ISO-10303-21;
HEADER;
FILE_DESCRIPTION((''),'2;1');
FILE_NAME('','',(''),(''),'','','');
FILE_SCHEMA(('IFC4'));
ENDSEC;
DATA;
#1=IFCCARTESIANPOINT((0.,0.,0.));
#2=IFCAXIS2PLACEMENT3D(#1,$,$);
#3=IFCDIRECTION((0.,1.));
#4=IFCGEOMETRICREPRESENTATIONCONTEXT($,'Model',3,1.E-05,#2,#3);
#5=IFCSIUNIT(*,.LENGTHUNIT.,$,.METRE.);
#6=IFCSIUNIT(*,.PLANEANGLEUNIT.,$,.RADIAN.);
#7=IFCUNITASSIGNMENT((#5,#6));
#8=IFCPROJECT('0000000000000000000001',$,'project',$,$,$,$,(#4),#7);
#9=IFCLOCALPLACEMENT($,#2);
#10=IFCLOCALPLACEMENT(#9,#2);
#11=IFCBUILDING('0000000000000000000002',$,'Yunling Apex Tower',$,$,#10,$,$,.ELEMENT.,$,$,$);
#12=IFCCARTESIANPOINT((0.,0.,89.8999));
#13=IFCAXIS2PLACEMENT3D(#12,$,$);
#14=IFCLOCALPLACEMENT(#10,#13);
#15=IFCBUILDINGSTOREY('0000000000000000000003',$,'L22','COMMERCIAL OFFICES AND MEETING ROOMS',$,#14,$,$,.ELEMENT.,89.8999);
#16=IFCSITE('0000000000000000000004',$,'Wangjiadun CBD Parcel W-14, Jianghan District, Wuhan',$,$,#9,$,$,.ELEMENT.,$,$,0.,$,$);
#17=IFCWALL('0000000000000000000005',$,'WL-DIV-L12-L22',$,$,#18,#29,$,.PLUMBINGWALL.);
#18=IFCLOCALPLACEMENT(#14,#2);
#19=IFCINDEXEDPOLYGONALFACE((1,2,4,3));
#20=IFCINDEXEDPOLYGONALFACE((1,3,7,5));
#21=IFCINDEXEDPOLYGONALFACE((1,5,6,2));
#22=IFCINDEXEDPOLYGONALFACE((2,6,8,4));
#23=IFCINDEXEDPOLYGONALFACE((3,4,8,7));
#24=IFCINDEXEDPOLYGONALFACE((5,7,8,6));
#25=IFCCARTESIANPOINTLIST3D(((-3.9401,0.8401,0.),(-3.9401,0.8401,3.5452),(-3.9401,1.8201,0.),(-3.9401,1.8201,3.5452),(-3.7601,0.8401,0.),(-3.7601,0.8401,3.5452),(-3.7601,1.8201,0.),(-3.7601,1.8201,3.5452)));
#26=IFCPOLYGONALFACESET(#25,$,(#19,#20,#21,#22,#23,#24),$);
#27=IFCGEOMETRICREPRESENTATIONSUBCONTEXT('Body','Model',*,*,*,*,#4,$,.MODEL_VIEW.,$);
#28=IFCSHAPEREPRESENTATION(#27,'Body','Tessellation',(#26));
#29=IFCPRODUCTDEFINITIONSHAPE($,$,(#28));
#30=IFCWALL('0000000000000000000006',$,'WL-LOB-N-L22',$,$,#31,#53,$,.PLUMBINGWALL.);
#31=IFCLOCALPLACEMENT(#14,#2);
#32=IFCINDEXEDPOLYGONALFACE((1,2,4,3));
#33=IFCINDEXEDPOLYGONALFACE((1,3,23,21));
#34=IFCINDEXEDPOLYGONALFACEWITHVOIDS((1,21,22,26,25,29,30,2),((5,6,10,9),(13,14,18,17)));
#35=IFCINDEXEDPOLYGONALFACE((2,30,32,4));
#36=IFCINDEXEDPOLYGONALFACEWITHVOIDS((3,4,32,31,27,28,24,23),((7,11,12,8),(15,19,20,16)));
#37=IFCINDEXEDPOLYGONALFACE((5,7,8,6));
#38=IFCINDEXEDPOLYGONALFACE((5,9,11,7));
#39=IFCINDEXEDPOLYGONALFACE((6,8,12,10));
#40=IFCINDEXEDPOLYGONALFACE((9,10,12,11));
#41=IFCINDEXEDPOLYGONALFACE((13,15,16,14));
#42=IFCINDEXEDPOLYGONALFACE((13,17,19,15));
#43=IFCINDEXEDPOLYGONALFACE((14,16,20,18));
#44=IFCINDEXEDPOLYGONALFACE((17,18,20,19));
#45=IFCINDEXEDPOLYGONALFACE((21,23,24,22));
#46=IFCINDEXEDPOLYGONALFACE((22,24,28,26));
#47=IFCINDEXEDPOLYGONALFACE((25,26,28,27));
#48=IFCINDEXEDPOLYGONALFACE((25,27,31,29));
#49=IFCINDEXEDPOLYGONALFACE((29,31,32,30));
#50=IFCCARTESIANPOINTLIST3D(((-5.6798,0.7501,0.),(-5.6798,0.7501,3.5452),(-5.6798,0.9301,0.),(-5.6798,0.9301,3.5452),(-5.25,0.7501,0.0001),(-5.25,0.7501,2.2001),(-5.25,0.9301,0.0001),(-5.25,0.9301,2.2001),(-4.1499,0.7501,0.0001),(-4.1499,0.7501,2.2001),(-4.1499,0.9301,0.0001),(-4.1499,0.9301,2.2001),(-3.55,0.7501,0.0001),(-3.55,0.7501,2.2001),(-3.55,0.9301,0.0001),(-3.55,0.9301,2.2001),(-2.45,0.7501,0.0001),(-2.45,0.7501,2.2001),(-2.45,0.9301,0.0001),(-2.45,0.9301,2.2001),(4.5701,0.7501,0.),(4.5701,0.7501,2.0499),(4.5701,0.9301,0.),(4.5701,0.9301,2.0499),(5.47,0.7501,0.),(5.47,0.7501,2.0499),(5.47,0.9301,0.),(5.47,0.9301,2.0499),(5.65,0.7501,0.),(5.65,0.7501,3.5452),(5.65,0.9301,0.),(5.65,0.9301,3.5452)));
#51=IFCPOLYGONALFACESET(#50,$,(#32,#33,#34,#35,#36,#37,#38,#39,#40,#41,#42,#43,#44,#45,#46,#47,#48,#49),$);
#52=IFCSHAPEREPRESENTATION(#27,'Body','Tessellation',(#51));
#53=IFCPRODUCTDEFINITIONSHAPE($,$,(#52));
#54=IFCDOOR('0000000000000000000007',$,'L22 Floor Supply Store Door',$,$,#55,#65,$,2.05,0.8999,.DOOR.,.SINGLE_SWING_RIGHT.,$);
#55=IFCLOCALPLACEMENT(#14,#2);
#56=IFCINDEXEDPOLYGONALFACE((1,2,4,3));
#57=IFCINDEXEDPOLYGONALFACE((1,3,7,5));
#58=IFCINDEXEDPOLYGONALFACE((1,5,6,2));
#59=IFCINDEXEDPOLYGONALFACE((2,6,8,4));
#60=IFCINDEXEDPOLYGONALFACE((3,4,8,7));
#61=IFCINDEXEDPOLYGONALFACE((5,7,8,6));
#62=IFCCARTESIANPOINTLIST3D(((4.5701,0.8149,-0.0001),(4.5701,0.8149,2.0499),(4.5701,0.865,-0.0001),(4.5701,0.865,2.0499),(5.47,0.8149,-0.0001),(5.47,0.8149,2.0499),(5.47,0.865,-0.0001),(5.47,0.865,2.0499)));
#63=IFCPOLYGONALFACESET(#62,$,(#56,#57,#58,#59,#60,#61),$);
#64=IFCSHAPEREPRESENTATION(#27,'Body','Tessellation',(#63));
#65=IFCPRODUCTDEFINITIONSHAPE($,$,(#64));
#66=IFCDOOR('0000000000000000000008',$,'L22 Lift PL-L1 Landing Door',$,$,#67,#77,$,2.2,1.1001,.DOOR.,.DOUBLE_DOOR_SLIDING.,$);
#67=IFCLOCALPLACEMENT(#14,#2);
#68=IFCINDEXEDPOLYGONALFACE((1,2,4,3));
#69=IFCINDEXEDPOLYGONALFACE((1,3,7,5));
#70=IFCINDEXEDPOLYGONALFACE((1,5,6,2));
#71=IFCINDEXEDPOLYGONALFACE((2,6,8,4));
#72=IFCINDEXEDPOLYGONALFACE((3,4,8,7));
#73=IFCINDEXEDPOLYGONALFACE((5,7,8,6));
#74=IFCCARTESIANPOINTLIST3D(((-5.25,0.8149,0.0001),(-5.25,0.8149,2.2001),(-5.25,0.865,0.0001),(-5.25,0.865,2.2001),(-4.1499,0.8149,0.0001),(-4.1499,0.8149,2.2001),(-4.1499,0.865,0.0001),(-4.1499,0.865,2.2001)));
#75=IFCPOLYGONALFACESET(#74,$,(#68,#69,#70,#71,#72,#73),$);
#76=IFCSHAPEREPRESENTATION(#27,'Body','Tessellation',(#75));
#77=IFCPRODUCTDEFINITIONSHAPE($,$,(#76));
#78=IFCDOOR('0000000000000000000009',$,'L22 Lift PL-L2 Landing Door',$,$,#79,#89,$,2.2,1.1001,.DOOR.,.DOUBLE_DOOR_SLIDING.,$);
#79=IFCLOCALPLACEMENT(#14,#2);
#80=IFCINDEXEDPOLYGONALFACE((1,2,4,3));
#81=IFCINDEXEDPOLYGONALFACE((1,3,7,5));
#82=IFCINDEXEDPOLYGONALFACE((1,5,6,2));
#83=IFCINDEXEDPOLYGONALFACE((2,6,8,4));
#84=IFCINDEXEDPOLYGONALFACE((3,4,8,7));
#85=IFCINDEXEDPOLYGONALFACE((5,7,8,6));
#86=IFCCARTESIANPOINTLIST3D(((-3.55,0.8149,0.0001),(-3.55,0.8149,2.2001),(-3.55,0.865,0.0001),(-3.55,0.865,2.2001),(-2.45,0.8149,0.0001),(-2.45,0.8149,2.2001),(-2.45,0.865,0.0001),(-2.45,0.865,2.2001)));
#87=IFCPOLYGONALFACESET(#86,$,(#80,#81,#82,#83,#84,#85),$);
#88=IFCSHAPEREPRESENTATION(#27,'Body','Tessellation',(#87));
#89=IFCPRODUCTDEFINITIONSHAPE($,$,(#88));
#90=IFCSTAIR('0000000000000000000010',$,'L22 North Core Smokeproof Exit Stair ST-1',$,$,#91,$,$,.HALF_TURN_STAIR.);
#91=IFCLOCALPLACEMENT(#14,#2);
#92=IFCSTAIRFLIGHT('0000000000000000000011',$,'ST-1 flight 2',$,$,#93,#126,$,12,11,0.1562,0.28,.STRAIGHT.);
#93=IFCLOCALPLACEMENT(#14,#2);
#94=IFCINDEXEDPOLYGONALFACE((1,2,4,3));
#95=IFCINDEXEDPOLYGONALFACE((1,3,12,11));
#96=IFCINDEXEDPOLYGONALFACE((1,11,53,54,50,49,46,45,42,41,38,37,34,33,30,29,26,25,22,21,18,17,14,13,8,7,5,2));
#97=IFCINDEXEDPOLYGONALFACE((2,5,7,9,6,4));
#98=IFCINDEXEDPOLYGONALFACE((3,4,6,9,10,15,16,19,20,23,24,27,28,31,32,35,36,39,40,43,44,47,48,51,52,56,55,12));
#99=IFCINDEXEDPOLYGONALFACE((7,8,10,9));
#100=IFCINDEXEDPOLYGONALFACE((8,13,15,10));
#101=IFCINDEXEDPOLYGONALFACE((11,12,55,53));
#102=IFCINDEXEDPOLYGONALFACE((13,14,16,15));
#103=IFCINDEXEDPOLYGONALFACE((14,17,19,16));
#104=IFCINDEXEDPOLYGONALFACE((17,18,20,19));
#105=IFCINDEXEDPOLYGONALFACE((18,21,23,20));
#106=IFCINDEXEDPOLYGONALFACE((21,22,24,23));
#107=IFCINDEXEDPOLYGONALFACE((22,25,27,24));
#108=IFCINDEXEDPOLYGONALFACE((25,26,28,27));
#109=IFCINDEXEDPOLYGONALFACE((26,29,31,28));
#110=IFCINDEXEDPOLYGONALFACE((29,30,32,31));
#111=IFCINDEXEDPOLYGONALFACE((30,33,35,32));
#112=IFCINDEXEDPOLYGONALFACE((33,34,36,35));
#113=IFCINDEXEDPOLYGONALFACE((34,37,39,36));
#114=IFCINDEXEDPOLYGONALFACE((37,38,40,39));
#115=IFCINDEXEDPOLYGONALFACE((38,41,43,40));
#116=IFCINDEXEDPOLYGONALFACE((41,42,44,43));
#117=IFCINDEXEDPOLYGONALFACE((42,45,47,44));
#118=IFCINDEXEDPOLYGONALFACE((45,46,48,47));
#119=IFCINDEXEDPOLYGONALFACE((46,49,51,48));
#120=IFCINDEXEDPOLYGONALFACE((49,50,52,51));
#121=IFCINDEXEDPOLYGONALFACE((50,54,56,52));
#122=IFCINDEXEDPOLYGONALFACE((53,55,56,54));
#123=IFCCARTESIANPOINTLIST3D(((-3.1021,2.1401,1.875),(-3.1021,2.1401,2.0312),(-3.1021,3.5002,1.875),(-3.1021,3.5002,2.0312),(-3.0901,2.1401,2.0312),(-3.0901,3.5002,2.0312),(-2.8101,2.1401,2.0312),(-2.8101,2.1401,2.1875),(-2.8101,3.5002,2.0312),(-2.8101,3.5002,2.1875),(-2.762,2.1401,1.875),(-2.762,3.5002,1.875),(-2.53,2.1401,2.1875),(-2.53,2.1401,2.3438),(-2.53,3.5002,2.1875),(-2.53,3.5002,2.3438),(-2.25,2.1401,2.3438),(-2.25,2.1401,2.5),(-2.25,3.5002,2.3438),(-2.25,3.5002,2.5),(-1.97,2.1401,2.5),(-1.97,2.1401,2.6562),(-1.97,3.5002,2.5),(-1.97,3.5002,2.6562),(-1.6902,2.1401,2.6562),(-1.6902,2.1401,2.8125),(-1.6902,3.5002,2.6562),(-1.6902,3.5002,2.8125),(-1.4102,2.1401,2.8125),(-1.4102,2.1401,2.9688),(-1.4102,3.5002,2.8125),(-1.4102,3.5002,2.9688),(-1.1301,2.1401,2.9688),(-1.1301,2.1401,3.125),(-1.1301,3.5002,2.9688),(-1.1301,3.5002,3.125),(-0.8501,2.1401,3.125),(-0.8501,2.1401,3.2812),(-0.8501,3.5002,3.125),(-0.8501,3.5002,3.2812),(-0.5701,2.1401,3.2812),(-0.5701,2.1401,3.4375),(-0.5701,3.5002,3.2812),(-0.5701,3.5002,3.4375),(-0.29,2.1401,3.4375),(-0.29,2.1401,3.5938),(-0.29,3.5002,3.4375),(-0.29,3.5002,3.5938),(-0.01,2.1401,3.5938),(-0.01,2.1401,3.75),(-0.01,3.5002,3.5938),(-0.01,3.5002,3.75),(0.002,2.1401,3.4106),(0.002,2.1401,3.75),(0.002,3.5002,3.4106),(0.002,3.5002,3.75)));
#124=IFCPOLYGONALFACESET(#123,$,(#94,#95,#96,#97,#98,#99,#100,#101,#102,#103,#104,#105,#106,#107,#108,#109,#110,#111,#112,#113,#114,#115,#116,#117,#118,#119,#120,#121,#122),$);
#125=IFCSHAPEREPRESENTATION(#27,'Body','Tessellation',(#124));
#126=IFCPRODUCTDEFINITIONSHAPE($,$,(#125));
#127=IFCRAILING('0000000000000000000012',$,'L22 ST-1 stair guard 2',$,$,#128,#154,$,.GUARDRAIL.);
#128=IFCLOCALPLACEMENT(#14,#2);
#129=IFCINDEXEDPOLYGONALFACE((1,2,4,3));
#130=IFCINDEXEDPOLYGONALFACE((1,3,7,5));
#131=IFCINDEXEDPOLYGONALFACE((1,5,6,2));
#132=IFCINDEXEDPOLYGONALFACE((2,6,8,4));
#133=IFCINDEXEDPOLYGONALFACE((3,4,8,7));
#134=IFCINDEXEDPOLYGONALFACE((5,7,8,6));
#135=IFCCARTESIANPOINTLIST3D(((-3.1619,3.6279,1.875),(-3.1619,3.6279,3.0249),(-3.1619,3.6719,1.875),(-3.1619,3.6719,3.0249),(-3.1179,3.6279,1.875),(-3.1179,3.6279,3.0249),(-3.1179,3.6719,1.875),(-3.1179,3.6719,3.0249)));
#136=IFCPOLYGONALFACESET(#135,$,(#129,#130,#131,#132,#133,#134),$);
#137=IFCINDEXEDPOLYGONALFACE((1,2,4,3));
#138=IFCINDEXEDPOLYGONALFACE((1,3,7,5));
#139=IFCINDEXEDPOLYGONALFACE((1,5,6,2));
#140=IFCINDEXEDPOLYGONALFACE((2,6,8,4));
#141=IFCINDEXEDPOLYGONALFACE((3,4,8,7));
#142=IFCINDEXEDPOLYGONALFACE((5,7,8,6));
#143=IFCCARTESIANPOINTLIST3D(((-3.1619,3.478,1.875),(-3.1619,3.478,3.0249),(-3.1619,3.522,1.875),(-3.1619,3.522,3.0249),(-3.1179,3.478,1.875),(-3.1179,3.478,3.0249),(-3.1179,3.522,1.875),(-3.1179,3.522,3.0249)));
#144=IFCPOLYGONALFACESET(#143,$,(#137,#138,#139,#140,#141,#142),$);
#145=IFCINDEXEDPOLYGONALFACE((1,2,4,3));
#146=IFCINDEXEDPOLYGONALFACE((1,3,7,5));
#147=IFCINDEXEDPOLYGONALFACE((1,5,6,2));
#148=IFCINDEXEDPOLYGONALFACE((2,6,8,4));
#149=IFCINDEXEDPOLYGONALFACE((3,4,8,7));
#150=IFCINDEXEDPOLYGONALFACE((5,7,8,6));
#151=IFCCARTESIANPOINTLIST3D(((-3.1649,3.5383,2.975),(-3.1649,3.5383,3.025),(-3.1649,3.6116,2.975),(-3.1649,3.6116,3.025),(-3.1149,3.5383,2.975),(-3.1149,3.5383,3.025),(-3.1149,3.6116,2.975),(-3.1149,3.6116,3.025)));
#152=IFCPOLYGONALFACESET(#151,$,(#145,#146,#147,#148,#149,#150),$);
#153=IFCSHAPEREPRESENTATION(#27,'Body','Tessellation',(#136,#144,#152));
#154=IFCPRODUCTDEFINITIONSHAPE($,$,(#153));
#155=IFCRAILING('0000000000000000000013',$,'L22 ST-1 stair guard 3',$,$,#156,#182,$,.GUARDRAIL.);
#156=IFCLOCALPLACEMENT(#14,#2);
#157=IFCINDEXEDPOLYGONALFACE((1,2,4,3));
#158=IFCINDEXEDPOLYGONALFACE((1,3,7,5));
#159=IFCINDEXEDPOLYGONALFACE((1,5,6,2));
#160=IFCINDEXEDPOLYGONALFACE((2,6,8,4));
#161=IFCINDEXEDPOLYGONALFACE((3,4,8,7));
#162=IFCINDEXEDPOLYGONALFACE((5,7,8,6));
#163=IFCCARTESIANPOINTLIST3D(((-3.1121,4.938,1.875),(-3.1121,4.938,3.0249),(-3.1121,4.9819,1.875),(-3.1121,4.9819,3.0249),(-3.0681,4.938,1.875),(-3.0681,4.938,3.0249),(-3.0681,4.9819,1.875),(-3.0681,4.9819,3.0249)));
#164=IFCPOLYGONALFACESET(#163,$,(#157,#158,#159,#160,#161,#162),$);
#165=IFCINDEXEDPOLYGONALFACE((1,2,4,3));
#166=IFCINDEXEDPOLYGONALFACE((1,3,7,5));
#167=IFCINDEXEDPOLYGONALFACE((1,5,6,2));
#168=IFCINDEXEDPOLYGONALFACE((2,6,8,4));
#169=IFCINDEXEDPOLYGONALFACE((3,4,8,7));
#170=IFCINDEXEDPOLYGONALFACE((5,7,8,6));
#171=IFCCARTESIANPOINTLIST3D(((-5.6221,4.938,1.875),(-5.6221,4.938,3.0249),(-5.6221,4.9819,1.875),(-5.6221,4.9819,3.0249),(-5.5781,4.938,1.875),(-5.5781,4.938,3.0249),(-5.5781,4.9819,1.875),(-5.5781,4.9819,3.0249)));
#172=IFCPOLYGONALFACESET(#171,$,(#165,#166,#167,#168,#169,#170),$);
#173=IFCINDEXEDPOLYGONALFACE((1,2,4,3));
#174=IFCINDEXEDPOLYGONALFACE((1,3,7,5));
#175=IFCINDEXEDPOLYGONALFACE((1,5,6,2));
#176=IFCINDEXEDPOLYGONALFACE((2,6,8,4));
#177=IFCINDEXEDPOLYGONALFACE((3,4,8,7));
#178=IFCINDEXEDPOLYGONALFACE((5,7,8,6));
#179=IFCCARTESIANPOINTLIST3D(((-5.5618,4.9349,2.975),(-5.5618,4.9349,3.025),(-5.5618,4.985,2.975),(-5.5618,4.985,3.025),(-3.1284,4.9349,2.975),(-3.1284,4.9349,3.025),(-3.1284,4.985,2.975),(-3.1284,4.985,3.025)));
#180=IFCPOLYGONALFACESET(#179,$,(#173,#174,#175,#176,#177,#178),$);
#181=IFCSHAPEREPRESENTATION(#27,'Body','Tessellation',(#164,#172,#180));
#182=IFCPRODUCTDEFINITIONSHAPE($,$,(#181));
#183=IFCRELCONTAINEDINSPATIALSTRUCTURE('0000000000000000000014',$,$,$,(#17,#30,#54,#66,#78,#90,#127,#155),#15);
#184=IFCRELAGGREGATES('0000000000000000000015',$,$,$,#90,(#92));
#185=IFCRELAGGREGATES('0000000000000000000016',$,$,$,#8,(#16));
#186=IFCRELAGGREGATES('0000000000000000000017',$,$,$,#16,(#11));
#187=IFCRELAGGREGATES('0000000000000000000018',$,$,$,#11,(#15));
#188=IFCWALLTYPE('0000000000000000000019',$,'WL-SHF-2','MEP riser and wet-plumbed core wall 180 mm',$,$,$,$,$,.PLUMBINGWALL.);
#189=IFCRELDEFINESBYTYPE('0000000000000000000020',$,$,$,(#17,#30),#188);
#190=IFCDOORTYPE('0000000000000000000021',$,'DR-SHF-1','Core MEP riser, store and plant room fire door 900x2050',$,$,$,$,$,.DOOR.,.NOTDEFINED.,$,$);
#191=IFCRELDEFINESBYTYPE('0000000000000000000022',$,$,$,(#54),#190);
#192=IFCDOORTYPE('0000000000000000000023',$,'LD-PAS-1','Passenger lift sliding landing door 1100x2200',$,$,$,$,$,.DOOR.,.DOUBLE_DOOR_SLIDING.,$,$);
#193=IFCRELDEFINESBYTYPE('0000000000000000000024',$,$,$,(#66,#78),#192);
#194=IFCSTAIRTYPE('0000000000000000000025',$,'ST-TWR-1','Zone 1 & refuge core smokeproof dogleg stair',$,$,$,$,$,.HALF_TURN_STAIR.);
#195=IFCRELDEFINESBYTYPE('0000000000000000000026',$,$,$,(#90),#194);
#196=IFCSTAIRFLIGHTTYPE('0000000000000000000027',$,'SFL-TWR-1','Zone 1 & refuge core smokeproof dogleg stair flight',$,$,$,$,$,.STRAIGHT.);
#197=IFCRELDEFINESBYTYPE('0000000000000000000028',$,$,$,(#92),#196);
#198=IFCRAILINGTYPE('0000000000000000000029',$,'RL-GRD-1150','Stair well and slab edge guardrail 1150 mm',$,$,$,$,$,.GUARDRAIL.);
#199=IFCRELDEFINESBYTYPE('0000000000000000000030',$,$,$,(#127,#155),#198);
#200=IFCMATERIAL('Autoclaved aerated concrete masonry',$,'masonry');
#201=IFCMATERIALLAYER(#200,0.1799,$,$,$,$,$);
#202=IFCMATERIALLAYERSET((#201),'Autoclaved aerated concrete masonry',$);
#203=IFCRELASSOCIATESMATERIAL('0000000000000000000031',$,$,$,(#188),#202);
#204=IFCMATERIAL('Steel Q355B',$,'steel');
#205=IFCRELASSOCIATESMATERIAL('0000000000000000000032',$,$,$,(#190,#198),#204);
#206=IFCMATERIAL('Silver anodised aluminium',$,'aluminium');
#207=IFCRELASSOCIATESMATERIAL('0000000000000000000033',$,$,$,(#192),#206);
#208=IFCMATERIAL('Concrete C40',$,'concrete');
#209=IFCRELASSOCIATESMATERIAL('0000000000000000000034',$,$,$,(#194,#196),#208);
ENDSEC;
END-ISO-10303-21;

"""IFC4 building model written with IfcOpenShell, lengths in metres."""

from ifc_helpers import new_model, si_unit, direction, frame, frame_2d, origin, origin_2d, place, context, subcontext, project, spatial, polyline, rectangle, outline, extrude, material, layer, layer_set, type_object, element, fill, aggregate, save


model = new_model("IFC4")

# Units and contexts
model_context = context("Model", 3, precision=1e-05, world=origin(), true_north=direction((0.0, 1.0)))
body_context = subcontext(model_context, "Body", "Model", "MODEL_VIEW")
ifc_project = project(units=[si_unit("LENGTHUNIT", "METRE"), si_unit("PLANEANGLEUNIT", "RADIAN")], contexts=[model_context])

# Site, building, storey
site_placement = place(None, origin())
site = spatial("IfcSite", under=ifc_project, at=site_placement, Name="Wangjiadun CBD Parcel W-14, Jianghan District, Wuhan", CompositionType="ELEMENT", RefElevation=0.0)
building_placement = place(site_placement, origin())
building = spatial("IfcBuilding", under=site, at=building_placement, Name="Yunling Apex Tower", CompositionType="ELEMENT")
storey_placement = place(building_placement, frame((0.0, 0.0, 89.8999)))
storey = spatial("IfcBuildingStorey", under=building, at=storey_placement, Name="L22", Description="COMMERCIAL OFFICES AND MEETING ROOMS", CompositionType="ELEMENT", Elevation=89.8999)

# Shared definitions
ifc_material_1 = material(Name="Steel Q355B", Category="steel")

# Wall
ifc_material_2 = material(Name="Concrete C40", Category="concrete")
ifc_material_3 = material(Name="Autoclaved aerated concrete masonry", Category="masonry")
ifc_layer_1 = layer(ifc_material_3, 0.1799)
ifc_layer_set_1 = layer_set([ifc_layer_1], Name="Autoclaved aerated concrete masonry")
wall_type_1 = type_object("IfcWallType", Name="WL-SHF-2", Description="MEP riser and wet-plumbed core wall 180 mm", PredefinedType="PLUMBINGWALL", material=ifc_layer_set_1)
wall_1_placement = place(storey_placement, frame((-3.8501, 0.8401, 0.0), z_axis=(0.0, 0.0, 1.0), x_axis=(0.0, 1.0, 0.0)))
element("IfcWall", 1, at=wall_1_placement, inside=storey, type_object=wall_type_1, Name="WL-DIV-L12-L22", PredefinedType="PLUMBINGWALL", context=body_context, shape_type="SweptSolid", body=[
    extrude(rectangle(XDim=0.98, YDim=0.1799, at=frame_2d((0.49, 0.0))), origin(), (0.0, 0.0, 1.0), 3.5452),
])

# Wall, openings, doors
wall_2_placement = place(storey_placement, frame((-5.6799, 0.8401, 0.0), z_axis=(0.0, 0.0, 1.0), x_axis=(1.0, 0.0, 0.0)))
wall_2 = element("IfcWall", 2, at=wall_2_placement, inside=storey, type_object=wall_type_1, Name="WL-LOB-N-L22", PredefinedType="PLUMBINGWALL", context=body_context, shape_type="SweptSolid", body=[
    extrude(rectangle(XDim=11.3298, YDim=0.1799, at=frame_2d((5.665, 0.0))), origin(), (0.0, 0.0, 1.0), 3.5452),
])
opening_1_placement = place(wall_2_placement, frame((0.4299, 0.0, 0.0)))
opening_1 = element("IfcOpeningElement", 3, at=opening_1_placement, cuts=wall_2, PredefinedType="OPENING", context=body_context, shape_type="SweptSolid", body=[
    extrude(rectangle(XDim=1.1001, YDim=2.2, at=frame_2d((0.55, 1.1001))), frame((0.0, 0.1001, 0.0), z_axis=(0.0, -1.0, 0.0), x_axis=(1.0, 0.0, 0.0)), (0.0, 0.0, 1.0), 0.2),
])
opening_2_placement = place(wall_2_placement, frame((2.1299, 0.0, 0.0)))
opening_2 = element("IfcOpeningElement", 4, at=opening_2_placement, cuts=wall_2, PredefinedType="OPENING", context=body_context, shape_type="SweptSolid", body=[
    extrude(rectangle(XDim=1.1001, YDim=2.2, at=frame_2d((0.55, 1.1001))), frame((0.0, 0.1001, 0.0), z_axis=(0.0, -1.0, 0.0), x_axis=(1.0, 0.0, 0.0)), (0.0, 0.0, 1.0), 0.2),
])
opening_3_placement = place(wall_2_placement, frame((10.25, 0.0, 0.0)))
opening_3 = element("IfcOpeningElement", 5, at=opening_3_placement, cuts=wall_2, PredefinedType="OPENING", context=body_context, shape_type="SweptSolid", body=[
    extrude(rectangle(XDim=0.8999, YDim=2.05, at=frame_2d((0.45, 1.0249))), frame((0.0, 0.1001, 0.0), z_axis=(0.0, -1.0, 0.0), x_axis=(1.0, 0.0, 0.0)), (0.0, 0.0, 1.0), 0.2),
])
door_type_1 = type_object("IfcDoorType", Name="DR-SHF-1", Description="Core MEP riser, store and plant room fire door 900x2050", OperationType="NOTDEFINED", PredefinedType="DOOR", material=ifc_material_1)
door_1_placement = place(opening_3_placement, origin())
door_1 = element("IfcDoor", 6, at=door_1_placement, inside=storey, type_object=door_type_1, Name="L22 Floor Supply Store Door", OperationType="SINGLE_SWING_RIGHT", OverallHeight=2.05, OverallWidth=0.8999, PredefinedType="DOOR", context=body_context, shape_type="SweptSolid", body=[
    extrude(rectangle(XDim=0.8999, YDim=2.05, at=frame_2d((0.45, 1.0249))), frame((0.0, 0.0249, 0.0), z_axis=(0.0, -1.0, 0.0), x_axis=(1.0, 0.0, 0.0)), (0.0, 0.0, 1.0), 0.05),
])
fill(opening_3, door_1)
ifc_material_4 = material(Name="Silver anodised aluminium", Category="aluminium")
door_type_2 = type_object("IfcDoorType", Name="LD-PAS-1", Description="Passenger lift sliding landing door 1100x2200", OperationType="DOUBLE_DOOR_SLIDING", PredefinedType="DOOR", material=ifc_material_4)
door_2_placement = place(opening_1_placement, origin())
door_2 = element("IfcDoor", 7, at=door_2_placement, inside=storey, type_object=door_type_2, Name="L22 Lift PL-L1 Landing Door", OperationType="DOUBLE_DOOR_SLIDING", OverallHeight=2.2, OverallWidth=1.1001, PredefinedType="DOOR", context=body_context, shape_type="SweptSolid", body=[
    extrude(rectangle(XDim=1.1001, YDim=2.2, at=frame_2d((0.55, 1.1001))), frame((0.0, 0.0249, 0.0), z_axis=(0.0, -1.0, 0.0), x_axis=(1.0, 0.0, 0.0)), (0.0, 0.0, 1.0), 0.05),
])
fill(opening_1, door_2)
door_3_placement = place(opening_2_placement, origin())
door_3 = element("IfcDoor", 8, at=door_3_placement, inside=storey, type_object=door_type_2, Name="L22 Lift PL-L2 Landing Door", OperationType="DOUBLE_DOOR_SLIDING", OverallHeight=2.2, OverallWidth=1.1001, PredefinedType="DOOR", context=body_context, shape_type="SweptSolid", body=[
    extrude(rectangle(XDim=1.1001, YDim=2.2, at=frame_2d((0.55, 1.1001))), frame((0.0, 0.0249, 0.0), z_axis=(0.0, -1.0, 0.0), x_axis=(1.0, 0.0, 0.0)), (0.0, 0.0, 1.0), 0.05),
])
fill(opening_2, door_3)

# Stair, stair flight
stair_type = type_object("IfcStairType", Name="ST-TWR-1", Description="Zone 1 & refuge core smokeproof dogleg stair", PredefinedType="HALF_TURN_STAIR", material=ifc_material_2)
stair_placement = place(storey_placement, origin())
stair = element("IfcStair", 9, at=stair_placement, inside=storey, type_object=stair_type, Name="L22 North Core Smokeproof Exit Stair ST-1", PredefinedType="HALF_TURN_STAIR")
stair_flight_type = type_object("IfcStairFlightType", Name="SFL-TWR-1", Description="Zone 1 & refuge core smokeproof dogleg stair flight", PredefinedType="STRAIGHT", material=ifc_material_2)
stair_flight_placement = place(storey_placement, frame((-3.0901, 2.8201, 1.875), z_axis=(0.0, 0.0, 1.0), x_axis=(1.0, 0.0, 0.0)))
stair_flight = element("IfcStairFlight", 10, at=stair_flight_placement, type_object=stair_flight_type, Name="ST-1 flight 2", NumberOfRisers=12, NumberOfTreads=11, PredefinedType="STRAIGHT", RiserHeight=0.1562, TreadLength=0.28, context=body_context, shape_type="SweptSolid", body=[
    extrude(outline(polyline([(-0.012, 0.0), (-0.012, 0.1562), (0.0, 0.1562), (0.28, 0.1562), (0.28, 0.3125), (0.5601, 0.3125), (0.5601, 0.4688), (0.8401, 0.4688), (0.8401, 0.625), (1.1201, 0.625), (1.1201, 0.7812), (1.3999, 0.7812), (1.3999, 0.9375), (1.6799, 0.9375), (1.6799, 1.0938), (1.96, 1.0938), (1.96, 1.25), (2.24, 1.25), (2.24, 1.4062), (2.52, 1.4062), (2.52, 1.5625), (2.8, 1.5625), (2.8, 1.7188), (3.0801, 1.7188), (3.0801, 1.875), (3.092, 1.875), (3.092, 1.5356), (0.3281, 0.0), (-0.012, 0.0)])), frame((0.0, 0.6802, 0.0), z_axis=(0.0, -1.0, 0.0), x_axis=(1.0, 0.0, 0.0)), (0.0, 0.0, 1.0), 1.3601),
])
aggregate(stair, [stair_flight])

# Railings
railing_type_1 = type_object("IfcRailingType", Name="RL-GRD-1150", Description="Stair well and slab edge guardrail 1150 mm", PredefinedType="GUARDRAIL", material=ifc_material_1)
railing_1_placement = place(storey_placement, frame((-3.1399, 3.6499, 1.875)))
element("IfcRailing", 11, at=railing_1_placement, inside=storey, type_object=railing_type_1, Name="L22 ST-1 stair guard 2", PredefinedType="GUARDRAIL", context=body_context, shape_type="SweptSolid", body=[
    extrude(rectangle(XDim=0.0439, YDim=0.0439, at=origin_2d()), origin(), (0.0, 0.0, 1.0), 1.1499),
    extrude(rectangle(XDim=0.0439, YDim=0.0439, at=origin_2d()), frame((0.0, -0.1499, 0.0)), (0.0, 0.0, 1.0), 1.1499),
    extrude(rectangle(XDim=0.05, YDim=0.05, at=origin_2d()), frame((0.0, -0.0383, 1.125), z_axis=(0.0, -1.0, 0.0), x_axis=(1.0, 0.0, 0.0)), (0.0, 0.0, 1.0), 0.0732),
])
railing_2_placement = place(storey_placement, frame((-3.0901, 4.96, 1.875)))
element("IfcRailing", 12, at=railing_2_placement, inside=storey, type_object=railing_type_1, Name="L22 ST-1 stair guard 3", PredefinedType="GUARDRAIL", context=body_context, shape_type="SweptSolid", body=[
    extrude(rectangle(XDim=0.0439, YDim=0.0439, at=origin_2d()), origin(), (0.0, 0.0, 1.0), 1.1499),
    extrude(rectangle(XDim=0.0439, YDim=0.0439, at=origin_2d()), frame((-2.51, 0.0, 0.0)), (0.0, 0.0, 1.0), 1.1499),
    extrude(rectangle(XDim=0.05, YDim=0.05, at=origin_2d()), frame((-0.0383, 0.0, 1.125), z_axis=(-1.0, 0.0, 0.0), x_axis=(0.0, -1.0, 0.0)), (0.0, 0.0, 1.0), 2.4333),
])

save(model, "model.ifc")
